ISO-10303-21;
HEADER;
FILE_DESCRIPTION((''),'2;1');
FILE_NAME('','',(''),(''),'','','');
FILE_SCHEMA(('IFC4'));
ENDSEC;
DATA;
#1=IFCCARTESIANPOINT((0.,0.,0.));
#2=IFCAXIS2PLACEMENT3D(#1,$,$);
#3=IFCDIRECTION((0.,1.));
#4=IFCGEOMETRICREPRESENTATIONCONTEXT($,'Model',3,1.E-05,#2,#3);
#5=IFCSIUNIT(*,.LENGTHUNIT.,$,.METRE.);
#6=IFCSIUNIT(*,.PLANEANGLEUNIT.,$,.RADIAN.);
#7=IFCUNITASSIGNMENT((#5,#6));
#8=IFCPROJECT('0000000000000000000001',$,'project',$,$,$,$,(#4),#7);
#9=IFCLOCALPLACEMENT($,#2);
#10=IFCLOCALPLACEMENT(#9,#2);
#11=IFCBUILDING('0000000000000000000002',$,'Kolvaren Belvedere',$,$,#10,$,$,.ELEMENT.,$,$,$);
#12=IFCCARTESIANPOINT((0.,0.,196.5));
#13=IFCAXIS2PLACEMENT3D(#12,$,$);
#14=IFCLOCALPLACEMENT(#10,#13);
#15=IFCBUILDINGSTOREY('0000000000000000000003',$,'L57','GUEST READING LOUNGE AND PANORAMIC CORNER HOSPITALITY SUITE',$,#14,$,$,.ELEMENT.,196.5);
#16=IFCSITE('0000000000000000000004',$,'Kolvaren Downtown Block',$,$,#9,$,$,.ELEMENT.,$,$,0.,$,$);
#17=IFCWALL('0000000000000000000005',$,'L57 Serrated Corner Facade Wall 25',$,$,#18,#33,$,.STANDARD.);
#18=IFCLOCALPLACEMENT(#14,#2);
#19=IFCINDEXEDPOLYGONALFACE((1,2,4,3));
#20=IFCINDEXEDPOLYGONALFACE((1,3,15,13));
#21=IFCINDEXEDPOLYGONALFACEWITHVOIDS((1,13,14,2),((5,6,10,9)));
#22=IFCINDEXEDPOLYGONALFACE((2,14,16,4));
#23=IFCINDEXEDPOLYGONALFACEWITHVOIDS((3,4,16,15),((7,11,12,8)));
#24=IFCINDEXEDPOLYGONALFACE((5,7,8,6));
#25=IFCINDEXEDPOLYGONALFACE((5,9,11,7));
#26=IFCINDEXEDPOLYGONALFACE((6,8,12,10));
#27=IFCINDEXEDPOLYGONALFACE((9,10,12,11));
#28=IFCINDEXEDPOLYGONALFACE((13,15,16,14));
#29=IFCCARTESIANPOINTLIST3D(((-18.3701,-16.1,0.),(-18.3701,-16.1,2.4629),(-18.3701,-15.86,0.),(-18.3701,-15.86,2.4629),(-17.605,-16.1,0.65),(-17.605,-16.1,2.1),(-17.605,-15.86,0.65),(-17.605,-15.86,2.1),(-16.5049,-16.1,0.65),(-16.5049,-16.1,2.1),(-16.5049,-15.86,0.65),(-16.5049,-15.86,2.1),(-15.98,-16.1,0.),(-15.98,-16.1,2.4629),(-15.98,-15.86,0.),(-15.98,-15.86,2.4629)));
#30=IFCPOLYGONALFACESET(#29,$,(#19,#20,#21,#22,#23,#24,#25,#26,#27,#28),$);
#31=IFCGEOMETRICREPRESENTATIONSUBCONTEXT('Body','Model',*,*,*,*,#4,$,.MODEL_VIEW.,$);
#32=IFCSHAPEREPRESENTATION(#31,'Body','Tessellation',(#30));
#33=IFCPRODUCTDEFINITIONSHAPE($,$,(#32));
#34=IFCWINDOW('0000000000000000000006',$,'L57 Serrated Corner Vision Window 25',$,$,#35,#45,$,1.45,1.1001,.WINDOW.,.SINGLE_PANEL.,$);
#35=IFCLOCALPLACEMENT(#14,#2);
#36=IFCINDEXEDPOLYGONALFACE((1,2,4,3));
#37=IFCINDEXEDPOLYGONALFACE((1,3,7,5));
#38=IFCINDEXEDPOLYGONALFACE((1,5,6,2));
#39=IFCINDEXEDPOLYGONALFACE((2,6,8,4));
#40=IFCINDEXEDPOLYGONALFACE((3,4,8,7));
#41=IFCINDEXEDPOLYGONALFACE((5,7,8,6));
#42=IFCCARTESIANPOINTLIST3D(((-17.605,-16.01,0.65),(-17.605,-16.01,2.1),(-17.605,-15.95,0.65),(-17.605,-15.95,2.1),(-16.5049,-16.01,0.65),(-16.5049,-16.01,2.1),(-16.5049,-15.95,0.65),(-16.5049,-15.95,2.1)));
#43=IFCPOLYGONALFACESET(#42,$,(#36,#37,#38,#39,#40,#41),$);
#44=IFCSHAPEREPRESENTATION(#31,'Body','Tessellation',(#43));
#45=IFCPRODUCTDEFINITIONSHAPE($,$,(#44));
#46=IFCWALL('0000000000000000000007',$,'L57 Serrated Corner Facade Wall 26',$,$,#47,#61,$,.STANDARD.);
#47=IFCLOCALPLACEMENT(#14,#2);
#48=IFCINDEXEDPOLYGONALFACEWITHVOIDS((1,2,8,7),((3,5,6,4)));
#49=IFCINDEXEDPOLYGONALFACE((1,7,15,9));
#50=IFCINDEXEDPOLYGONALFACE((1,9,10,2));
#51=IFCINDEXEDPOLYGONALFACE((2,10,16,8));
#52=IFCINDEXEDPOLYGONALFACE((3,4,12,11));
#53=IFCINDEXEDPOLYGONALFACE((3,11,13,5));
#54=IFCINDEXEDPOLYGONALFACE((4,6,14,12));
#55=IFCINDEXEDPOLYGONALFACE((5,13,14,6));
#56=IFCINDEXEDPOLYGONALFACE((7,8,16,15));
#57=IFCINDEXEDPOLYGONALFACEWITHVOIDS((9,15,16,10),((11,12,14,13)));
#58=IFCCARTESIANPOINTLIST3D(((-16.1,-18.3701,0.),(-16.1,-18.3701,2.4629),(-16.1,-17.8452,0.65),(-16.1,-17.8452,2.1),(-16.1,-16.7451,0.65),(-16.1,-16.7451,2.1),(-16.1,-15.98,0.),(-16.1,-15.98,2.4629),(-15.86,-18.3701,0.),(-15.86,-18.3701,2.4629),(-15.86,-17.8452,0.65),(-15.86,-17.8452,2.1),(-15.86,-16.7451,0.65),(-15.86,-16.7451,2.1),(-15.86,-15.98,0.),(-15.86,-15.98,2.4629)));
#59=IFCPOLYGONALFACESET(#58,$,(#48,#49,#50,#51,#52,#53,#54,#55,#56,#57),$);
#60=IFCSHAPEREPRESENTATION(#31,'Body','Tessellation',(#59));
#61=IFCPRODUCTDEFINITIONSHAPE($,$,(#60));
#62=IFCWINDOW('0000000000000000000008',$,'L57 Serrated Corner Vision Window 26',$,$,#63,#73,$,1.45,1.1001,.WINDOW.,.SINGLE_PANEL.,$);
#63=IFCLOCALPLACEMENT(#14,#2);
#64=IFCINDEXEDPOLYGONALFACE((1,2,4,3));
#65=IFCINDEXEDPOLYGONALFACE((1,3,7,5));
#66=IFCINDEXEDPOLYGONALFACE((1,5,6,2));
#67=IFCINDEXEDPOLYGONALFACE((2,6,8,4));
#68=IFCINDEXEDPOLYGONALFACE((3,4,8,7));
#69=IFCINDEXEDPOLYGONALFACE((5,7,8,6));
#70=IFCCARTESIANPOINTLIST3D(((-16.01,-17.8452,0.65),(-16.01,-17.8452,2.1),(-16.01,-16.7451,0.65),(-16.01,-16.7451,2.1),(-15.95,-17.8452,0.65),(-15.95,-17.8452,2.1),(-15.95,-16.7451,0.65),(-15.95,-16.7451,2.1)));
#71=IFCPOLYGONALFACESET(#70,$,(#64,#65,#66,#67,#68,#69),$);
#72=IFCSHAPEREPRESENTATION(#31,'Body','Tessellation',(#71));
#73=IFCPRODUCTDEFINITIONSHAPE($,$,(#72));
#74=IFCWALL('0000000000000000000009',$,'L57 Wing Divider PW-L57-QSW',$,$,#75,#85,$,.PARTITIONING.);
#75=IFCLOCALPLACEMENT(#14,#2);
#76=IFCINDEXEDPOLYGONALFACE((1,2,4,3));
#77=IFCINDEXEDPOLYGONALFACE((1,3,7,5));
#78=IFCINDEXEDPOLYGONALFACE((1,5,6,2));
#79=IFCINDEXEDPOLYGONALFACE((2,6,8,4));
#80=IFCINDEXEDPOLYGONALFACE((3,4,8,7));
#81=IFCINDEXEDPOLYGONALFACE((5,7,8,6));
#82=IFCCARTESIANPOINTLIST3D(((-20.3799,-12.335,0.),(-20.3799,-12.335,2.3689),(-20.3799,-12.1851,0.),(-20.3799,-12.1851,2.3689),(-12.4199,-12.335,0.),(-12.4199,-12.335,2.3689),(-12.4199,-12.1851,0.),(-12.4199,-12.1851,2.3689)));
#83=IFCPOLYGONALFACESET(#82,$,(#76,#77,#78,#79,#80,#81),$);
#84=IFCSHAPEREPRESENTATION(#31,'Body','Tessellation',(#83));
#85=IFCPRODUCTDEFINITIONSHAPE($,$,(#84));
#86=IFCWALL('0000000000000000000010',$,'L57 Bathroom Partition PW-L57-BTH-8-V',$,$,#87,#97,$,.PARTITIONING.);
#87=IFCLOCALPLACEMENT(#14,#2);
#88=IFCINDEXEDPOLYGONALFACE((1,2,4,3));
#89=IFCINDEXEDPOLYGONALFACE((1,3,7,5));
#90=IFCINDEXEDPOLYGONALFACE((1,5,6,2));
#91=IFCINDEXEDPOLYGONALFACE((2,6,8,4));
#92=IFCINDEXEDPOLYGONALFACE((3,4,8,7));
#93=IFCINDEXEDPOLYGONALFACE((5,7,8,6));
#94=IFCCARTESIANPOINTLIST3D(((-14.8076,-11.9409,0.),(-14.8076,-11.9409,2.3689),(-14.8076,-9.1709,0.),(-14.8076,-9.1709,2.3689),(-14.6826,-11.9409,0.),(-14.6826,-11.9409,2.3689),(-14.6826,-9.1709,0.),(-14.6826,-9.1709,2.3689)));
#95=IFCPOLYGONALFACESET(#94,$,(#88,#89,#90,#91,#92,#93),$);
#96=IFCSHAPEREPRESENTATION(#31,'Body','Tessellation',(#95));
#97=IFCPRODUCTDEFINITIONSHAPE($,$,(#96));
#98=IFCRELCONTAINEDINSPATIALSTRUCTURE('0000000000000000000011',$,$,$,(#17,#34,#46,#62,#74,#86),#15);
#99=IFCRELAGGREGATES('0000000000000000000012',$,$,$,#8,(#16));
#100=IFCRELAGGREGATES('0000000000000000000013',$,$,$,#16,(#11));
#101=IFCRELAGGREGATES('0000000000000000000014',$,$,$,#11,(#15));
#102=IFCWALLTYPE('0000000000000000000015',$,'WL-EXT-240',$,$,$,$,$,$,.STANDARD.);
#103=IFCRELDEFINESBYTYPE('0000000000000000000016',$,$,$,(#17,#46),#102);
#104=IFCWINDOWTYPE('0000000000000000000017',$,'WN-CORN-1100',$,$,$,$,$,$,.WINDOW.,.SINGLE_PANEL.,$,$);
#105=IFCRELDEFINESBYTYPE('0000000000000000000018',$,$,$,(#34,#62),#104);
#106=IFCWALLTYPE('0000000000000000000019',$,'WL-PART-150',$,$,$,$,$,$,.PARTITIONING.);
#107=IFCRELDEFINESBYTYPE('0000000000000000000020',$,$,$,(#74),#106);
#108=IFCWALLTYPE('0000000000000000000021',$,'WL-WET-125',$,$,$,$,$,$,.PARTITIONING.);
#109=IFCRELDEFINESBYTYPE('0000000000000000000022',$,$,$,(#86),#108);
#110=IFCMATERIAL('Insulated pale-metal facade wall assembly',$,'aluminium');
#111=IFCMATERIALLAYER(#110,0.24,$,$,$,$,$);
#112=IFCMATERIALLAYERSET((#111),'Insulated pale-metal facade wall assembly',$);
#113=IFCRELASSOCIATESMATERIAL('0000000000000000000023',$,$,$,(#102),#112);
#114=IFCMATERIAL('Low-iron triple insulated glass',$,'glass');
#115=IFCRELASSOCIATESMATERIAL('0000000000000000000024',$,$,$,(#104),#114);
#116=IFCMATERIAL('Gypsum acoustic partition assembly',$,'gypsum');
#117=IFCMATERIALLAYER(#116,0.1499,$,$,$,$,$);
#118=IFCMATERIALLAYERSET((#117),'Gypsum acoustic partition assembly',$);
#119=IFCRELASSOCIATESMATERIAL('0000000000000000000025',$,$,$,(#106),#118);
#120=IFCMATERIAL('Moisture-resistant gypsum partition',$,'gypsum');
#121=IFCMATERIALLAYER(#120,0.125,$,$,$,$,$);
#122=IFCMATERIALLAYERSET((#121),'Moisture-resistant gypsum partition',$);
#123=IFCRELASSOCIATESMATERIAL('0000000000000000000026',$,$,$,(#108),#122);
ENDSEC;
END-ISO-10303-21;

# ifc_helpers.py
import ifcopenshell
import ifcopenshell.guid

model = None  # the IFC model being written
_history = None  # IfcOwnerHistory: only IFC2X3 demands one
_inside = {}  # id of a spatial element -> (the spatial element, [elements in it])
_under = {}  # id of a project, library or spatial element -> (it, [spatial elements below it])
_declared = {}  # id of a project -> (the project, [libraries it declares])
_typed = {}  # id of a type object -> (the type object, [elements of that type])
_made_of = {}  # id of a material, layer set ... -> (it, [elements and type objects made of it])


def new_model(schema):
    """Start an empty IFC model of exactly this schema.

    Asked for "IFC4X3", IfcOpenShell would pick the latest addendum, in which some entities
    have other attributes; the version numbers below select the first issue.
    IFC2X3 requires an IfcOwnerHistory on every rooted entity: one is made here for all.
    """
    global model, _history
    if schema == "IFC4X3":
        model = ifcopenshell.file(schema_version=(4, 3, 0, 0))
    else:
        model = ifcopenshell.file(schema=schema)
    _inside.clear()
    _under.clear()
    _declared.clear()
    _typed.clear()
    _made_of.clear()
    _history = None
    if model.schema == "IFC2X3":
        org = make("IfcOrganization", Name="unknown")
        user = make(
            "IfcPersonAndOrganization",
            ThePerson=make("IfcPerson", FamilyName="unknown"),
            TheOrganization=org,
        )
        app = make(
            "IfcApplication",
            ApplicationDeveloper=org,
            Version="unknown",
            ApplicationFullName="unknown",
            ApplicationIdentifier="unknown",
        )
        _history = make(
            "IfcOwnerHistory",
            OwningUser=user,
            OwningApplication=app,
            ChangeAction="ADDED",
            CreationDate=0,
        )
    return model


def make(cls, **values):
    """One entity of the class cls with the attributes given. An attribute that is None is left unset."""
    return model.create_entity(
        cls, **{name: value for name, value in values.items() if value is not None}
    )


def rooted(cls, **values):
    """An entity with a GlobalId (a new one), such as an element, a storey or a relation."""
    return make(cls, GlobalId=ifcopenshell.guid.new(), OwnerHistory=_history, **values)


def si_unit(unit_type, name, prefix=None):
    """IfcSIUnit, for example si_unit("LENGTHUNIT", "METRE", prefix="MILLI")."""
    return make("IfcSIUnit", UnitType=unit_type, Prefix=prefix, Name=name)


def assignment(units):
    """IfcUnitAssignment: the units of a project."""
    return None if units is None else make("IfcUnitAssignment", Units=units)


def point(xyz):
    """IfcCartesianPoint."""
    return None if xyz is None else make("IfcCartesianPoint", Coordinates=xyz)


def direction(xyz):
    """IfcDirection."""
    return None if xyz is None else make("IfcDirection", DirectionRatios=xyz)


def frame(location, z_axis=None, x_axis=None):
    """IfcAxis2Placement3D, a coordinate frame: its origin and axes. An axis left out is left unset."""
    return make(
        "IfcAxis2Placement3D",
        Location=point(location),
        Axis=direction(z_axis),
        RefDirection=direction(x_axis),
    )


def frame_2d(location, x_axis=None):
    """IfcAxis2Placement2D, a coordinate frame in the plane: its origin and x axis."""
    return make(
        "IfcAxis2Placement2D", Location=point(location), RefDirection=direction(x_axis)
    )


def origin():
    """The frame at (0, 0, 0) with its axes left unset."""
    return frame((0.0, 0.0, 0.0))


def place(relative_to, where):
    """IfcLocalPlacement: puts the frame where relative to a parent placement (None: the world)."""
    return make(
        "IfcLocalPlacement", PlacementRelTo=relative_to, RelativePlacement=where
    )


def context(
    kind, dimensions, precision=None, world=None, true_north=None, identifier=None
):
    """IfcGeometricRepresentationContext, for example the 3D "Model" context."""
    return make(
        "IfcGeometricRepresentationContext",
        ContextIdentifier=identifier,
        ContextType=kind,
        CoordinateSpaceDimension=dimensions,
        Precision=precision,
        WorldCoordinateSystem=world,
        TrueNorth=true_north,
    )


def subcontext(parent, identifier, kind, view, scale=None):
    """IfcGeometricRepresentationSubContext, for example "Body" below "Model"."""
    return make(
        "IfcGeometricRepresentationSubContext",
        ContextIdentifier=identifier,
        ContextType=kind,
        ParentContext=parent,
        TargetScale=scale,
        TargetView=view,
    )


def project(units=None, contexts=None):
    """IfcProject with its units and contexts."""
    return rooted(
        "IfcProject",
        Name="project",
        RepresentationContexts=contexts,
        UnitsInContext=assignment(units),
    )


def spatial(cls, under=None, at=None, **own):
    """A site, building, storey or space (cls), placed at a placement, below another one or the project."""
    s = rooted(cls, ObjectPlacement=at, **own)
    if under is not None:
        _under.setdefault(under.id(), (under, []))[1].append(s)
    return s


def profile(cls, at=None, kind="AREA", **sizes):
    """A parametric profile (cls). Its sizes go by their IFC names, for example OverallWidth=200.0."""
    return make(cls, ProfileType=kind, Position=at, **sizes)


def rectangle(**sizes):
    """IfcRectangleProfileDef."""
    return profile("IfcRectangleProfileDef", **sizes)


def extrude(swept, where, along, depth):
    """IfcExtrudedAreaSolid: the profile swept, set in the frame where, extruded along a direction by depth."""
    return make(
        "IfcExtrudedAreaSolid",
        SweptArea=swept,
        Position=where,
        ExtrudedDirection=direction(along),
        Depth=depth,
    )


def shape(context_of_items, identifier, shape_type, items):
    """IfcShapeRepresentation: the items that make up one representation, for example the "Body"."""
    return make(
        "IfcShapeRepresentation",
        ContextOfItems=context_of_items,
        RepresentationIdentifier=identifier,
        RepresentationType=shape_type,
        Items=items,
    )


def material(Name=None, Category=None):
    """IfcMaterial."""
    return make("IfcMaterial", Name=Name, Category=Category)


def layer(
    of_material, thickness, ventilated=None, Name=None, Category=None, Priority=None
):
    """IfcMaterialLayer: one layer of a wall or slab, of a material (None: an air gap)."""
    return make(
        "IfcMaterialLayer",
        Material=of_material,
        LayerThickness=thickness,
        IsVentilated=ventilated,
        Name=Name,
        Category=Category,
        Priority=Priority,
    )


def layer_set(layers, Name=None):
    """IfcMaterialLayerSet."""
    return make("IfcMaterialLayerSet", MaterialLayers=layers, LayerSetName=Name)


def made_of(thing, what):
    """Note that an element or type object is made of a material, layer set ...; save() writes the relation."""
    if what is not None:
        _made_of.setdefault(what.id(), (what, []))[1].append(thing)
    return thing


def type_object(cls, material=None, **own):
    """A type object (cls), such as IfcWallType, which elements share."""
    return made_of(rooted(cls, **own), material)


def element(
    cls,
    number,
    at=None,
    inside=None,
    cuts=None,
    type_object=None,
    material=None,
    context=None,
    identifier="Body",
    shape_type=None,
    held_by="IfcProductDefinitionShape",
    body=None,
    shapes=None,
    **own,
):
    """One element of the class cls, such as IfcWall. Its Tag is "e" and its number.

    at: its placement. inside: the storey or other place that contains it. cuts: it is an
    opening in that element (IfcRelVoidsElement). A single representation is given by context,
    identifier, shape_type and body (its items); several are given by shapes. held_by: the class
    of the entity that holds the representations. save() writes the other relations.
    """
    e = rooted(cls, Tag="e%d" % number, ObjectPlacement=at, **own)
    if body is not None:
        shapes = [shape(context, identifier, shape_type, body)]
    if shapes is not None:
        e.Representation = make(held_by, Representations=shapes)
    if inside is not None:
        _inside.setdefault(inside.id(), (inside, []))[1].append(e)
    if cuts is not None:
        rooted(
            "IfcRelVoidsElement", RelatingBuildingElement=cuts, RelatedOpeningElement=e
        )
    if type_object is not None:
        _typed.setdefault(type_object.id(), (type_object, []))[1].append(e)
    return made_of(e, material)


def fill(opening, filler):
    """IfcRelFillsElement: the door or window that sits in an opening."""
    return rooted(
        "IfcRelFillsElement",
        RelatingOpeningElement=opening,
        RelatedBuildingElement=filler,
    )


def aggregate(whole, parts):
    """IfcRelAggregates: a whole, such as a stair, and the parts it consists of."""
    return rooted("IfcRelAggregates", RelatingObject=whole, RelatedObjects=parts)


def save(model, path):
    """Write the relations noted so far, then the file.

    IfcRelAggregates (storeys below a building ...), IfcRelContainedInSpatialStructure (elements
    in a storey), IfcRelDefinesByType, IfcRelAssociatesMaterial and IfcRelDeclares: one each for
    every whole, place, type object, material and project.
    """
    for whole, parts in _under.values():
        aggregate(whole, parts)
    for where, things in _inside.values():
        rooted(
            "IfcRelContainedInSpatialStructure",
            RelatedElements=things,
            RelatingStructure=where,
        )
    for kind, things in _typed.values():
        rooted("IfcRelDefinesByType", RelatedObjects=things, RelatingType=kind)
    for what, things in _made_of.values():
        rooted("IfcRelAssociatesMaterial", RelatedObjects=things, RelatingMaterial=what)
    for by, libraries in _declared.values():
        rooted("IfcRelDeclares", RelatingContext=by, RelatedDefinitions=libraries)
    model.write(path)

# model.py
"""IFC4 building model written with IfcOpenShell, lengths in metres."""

from ifc_helpers import new_model, si_unit, direction, frame, frame_2d, origin, place, context, subcontext, project, spatial, rectangle, extrude, material, layer, layer_set, type_object, element, fill, save


model = new_model("IFC4")

# Units and contexts
model_context = context("Model", 3, precision=1e-05, world=origin(), true_north=direction((0.0, 1.0)))
body_context = subcontext(model_context, "Body", "Model", "MODEL_VIEW")
ifc_project = project(units=[si_unit("LENGTHUNIT", "METRE"), si_unit("PLANEANGLEUNIT", "RADIAN")], contexts=[model_context])

# Site, building, storey
site_placement = place(None, origin())
site = spatial("IfcSite", under=ifc_project, at=site_placement, Name="Kolvaren Downtown Block", CompositionType="ELEMENT", RefElevation=0.0)
building_placement = place(site_placement, origin())
building = spatial("IfcBuilding", under=site, at=building_placement, Name="Kolvaren Belvedere", CompositionType="ELEMENT")
storey_placement = place(building_placement, frame((0.0, 0.0, 196.5)))
storey = spatial("IfcBuildingStorey", under=building, at=storey_placement, Name="L57", Description="GUEST READING LOUNGE AND PANORAMIC CORNER HOSPITALITY SUITE", CompositionType="ELEMENT", Elevation=196.5)

# Shared definitions
ifc_material_1 = material(Name="Insulated pale-metal facade wall assembly", Category="aluminium")
ifc_layer_1 = layer(ifc_material_1, 0.24)
ifc_layer_set_1 = layer_set([ifc_layer_1], Name="Insulated pale-metal facade wall assembly")
wall_type_1 = type_object("IfcWallType", Name="WL-EXT-240", PredefinedType="STANDARD", material=ifc_layer_set_1)

# Walls, openings, windows
wall_1_placement = place(storey_placement, frame((-15.98, -15.98, 0.0), z_axis=(0.0, 0.0, 1.0), x_axis=(-1.0, 0.0, 0.0)))
wall_1 = element("IfcWall", 1, at=wall_1_placement, inside=storey, type_object=wall_type_1, Name="L57 Serrated Corner Facade Wall 25", PredefinedType="STANDARD", context=body_context, shape_type="SweptSolid", body=[
    extrude(rectangle(XDim=2.3901, YDim=0.24, at=frame_2d((1.1951, 0.0))), origin(), (0.0, 0.0, 1.0), 2.4629),
])
opening_1_placement = place(wall_1_placement, frame((0.5249, 0.0, 0.6499)))
opening_1 = element("IfcOpeningElement", 2, at=opening_1_placement, cuts=wall_1, PredefinedType="OPENING", context=body_context, shape_type="SweptSolid", body=[
    extrude(rectangle(XDim=1.1001, YDim=1.45, at=frame_2d((0.55, 0.7251))), frame((0.0, 0.1299, 0.0), z_axis=(0.0, -1.0, 0.0), x_axis=(1.0, 0.0, 0.0)), (0.0, 0.0, 1.0), 0.26),
])
ifc_material_2 = material(Name="Low-iron triple insulated glass", Category="glass")
window_type_1 = type_object("IfcWindowType", Name="WN-CORN-1100", PartitioningType="SINGLE_PANEL", PredefinedType="WINDOW", material=ifc_material_2)
window_1_placement = place(opening_1_placement, origin())
window_1 = element("IfcWindow", 3, at=window_1_placement, inside=storey, type_object=window_type_1, Name="L57 Serrated Corner Vision Window 25", OverallHeight=1.45, OverallWidth=1.1001, PartitioningType="SINGLE_PANEL", PredefinedType="WINDOW", context=body_context, shape_type="SweptSolid", body=[
    extrude(rectangle(XDim=1.1001, YDim=1.45, at=frame_2d((0.55, 0.7251))), frame((0.0, 0.03, 0.0), z_axis=(0.0, -1.0, 0.0), x_axis=(1.0, 0.0, 0.0)), (0.0, 0.0, 1.0), 0.0601),
])
fill(opening_1, window_1)
wall_2_placement = place(storey_placement, frame((-15.98, -18.3701, 0.0), z_axis=(0.0, 0.0, 1.0), x_axis=(0.0, 1.0, 0.0)))
wall_2 = element("IfcWall", 4, at=wall_2_placement, inside=storey, type_object=wall_type_1, Name="L57 Serrated Corner Facade Wall 26", PredefinedType="STANDARD", context=body_context, shape_type="SweptSolid", body=[
    extrude(rectangle(XDim=2.3901, YDim=0.24, at=frame_2d((1.1951, 0.0))), origin(), (0.0, 0.0, 1.0), 2.4629),
])
opening_2_placement = place(wall_2_placement, frame((0.5249, 0.0, 0.6499)))
opening_2 = element("IfcOpeningElement", 5, at=opening_2_placement, cuts=wall_2, PredefinedType="OPENING", context=body_context, shape_type="SweptSolid", body=[
    extrude(rectangle(XDim=1.1001, YDim=1.45, at=frame_2d((0.55, 0.7251))), frame((0.0, 0.1299, 0.0), z_axis=(0.0, -1.0, 0.0), x_axis=(1.0, 0.0, 0.0)), (0.0, 0.0, 1.0), 0.26),
])
window_2_placement = place(opening_2_placement, origin())
window_2 = element("IfcWindow", 6, at=window_2_placement, inside=storey, type_object=window_type_1, Name="L57 Serrated Corner Vision Window 26", OverallHeight=1.45, OverallWidth=1.1001, PartitioningType="SINGLE_PANEL", PredefinedType="WINDOW", context=body_context, shape_type="SweptSolid", body=[
    extrude(rectangle(XDim=1.1001, YDim=1.45, at=frame_2d((0.55, 0.7251))), frame((0.0, 0.03, 0.0), z_axis=(0.0, -1.0, 0.0), x_axis=(1.0, 0.0, 0.0)), (0.0, 0.0, 1.0), 0.0601),
])
fill(opening_2, window_2)

# Walls
ifc_material_3 = material(Name="Gypsum acoustic partition assembly", Category="gypsum")
ifc_layer_2 = layer(ifc_material_3, 0.1499)
ifc_layer_set_2 = layer_set([ifc_layer_2], Name="Gypsum acoustic partition assembly")
wall_type_2 = type_object("IfcWallType", Name="WL-PART-150", PredefinedType="PARTITIONING", material=ifc_layer_set_2)
wall_3_placement = place(storey_placement, frame((-20.3799, -12.26, 0.0), z_axis=(0.0, 0.0, 1.0), x_axis=(1.0, 0.0, 0.0)))
element("IfcWall", 7, at=wall_3_placement, inside=storey, type_object=wall_type_2, Name="L57 Wing Divider PW-L57-QSW", PredefinedType="PARTITIONING", context=body_context, shape_type="SweptSolid", body=[
    extrude(rectangle(XDim=7.96, YDim=0.1499, at=frame_2d((3.98, 0.0))), origin(), (0.0, 0.0, 1.0), 2.3689),
])
ifc_material_4 = material(Name="Moisture-resistant gypsum partition", Category="gypsum")
ifc_layer_3 = layer(ifc_material_4, 0.125)
ifc_layer_set_3 = layer_set([ifc_layer_3], Name="Moisture-resistant gypsum partition")
wall_type_3 = type_object("IfcWallType", Name="WL-WET-125", PredefinedType="PARTITIONING", material=ifc_layer_set_3)
wall_4_placement = place(storey_placement, frame((-14.7451, -11.9409, 0.0), z_axis=(0.0, 0.0, 1.0), x_axis=(0.0, 1.0, 0.0)))
element("IfcWall", 8, at=wall_4_placement, inside=storey, type_object=wall_type_3, Name="L57 Bathroom Partition PW-L57-BTH-8-V", PredefinedType="PARTITIONING", context=body_context, shape_type="SweptSolid", body=[
    extrude(rectangle(XDim=2.77, YDim=0.125, at=frame_2d((1.385, 0.0))), origin(), (0.0, 0.0, 1.0), 2.3689),
])

save(model, "model.ifc")
